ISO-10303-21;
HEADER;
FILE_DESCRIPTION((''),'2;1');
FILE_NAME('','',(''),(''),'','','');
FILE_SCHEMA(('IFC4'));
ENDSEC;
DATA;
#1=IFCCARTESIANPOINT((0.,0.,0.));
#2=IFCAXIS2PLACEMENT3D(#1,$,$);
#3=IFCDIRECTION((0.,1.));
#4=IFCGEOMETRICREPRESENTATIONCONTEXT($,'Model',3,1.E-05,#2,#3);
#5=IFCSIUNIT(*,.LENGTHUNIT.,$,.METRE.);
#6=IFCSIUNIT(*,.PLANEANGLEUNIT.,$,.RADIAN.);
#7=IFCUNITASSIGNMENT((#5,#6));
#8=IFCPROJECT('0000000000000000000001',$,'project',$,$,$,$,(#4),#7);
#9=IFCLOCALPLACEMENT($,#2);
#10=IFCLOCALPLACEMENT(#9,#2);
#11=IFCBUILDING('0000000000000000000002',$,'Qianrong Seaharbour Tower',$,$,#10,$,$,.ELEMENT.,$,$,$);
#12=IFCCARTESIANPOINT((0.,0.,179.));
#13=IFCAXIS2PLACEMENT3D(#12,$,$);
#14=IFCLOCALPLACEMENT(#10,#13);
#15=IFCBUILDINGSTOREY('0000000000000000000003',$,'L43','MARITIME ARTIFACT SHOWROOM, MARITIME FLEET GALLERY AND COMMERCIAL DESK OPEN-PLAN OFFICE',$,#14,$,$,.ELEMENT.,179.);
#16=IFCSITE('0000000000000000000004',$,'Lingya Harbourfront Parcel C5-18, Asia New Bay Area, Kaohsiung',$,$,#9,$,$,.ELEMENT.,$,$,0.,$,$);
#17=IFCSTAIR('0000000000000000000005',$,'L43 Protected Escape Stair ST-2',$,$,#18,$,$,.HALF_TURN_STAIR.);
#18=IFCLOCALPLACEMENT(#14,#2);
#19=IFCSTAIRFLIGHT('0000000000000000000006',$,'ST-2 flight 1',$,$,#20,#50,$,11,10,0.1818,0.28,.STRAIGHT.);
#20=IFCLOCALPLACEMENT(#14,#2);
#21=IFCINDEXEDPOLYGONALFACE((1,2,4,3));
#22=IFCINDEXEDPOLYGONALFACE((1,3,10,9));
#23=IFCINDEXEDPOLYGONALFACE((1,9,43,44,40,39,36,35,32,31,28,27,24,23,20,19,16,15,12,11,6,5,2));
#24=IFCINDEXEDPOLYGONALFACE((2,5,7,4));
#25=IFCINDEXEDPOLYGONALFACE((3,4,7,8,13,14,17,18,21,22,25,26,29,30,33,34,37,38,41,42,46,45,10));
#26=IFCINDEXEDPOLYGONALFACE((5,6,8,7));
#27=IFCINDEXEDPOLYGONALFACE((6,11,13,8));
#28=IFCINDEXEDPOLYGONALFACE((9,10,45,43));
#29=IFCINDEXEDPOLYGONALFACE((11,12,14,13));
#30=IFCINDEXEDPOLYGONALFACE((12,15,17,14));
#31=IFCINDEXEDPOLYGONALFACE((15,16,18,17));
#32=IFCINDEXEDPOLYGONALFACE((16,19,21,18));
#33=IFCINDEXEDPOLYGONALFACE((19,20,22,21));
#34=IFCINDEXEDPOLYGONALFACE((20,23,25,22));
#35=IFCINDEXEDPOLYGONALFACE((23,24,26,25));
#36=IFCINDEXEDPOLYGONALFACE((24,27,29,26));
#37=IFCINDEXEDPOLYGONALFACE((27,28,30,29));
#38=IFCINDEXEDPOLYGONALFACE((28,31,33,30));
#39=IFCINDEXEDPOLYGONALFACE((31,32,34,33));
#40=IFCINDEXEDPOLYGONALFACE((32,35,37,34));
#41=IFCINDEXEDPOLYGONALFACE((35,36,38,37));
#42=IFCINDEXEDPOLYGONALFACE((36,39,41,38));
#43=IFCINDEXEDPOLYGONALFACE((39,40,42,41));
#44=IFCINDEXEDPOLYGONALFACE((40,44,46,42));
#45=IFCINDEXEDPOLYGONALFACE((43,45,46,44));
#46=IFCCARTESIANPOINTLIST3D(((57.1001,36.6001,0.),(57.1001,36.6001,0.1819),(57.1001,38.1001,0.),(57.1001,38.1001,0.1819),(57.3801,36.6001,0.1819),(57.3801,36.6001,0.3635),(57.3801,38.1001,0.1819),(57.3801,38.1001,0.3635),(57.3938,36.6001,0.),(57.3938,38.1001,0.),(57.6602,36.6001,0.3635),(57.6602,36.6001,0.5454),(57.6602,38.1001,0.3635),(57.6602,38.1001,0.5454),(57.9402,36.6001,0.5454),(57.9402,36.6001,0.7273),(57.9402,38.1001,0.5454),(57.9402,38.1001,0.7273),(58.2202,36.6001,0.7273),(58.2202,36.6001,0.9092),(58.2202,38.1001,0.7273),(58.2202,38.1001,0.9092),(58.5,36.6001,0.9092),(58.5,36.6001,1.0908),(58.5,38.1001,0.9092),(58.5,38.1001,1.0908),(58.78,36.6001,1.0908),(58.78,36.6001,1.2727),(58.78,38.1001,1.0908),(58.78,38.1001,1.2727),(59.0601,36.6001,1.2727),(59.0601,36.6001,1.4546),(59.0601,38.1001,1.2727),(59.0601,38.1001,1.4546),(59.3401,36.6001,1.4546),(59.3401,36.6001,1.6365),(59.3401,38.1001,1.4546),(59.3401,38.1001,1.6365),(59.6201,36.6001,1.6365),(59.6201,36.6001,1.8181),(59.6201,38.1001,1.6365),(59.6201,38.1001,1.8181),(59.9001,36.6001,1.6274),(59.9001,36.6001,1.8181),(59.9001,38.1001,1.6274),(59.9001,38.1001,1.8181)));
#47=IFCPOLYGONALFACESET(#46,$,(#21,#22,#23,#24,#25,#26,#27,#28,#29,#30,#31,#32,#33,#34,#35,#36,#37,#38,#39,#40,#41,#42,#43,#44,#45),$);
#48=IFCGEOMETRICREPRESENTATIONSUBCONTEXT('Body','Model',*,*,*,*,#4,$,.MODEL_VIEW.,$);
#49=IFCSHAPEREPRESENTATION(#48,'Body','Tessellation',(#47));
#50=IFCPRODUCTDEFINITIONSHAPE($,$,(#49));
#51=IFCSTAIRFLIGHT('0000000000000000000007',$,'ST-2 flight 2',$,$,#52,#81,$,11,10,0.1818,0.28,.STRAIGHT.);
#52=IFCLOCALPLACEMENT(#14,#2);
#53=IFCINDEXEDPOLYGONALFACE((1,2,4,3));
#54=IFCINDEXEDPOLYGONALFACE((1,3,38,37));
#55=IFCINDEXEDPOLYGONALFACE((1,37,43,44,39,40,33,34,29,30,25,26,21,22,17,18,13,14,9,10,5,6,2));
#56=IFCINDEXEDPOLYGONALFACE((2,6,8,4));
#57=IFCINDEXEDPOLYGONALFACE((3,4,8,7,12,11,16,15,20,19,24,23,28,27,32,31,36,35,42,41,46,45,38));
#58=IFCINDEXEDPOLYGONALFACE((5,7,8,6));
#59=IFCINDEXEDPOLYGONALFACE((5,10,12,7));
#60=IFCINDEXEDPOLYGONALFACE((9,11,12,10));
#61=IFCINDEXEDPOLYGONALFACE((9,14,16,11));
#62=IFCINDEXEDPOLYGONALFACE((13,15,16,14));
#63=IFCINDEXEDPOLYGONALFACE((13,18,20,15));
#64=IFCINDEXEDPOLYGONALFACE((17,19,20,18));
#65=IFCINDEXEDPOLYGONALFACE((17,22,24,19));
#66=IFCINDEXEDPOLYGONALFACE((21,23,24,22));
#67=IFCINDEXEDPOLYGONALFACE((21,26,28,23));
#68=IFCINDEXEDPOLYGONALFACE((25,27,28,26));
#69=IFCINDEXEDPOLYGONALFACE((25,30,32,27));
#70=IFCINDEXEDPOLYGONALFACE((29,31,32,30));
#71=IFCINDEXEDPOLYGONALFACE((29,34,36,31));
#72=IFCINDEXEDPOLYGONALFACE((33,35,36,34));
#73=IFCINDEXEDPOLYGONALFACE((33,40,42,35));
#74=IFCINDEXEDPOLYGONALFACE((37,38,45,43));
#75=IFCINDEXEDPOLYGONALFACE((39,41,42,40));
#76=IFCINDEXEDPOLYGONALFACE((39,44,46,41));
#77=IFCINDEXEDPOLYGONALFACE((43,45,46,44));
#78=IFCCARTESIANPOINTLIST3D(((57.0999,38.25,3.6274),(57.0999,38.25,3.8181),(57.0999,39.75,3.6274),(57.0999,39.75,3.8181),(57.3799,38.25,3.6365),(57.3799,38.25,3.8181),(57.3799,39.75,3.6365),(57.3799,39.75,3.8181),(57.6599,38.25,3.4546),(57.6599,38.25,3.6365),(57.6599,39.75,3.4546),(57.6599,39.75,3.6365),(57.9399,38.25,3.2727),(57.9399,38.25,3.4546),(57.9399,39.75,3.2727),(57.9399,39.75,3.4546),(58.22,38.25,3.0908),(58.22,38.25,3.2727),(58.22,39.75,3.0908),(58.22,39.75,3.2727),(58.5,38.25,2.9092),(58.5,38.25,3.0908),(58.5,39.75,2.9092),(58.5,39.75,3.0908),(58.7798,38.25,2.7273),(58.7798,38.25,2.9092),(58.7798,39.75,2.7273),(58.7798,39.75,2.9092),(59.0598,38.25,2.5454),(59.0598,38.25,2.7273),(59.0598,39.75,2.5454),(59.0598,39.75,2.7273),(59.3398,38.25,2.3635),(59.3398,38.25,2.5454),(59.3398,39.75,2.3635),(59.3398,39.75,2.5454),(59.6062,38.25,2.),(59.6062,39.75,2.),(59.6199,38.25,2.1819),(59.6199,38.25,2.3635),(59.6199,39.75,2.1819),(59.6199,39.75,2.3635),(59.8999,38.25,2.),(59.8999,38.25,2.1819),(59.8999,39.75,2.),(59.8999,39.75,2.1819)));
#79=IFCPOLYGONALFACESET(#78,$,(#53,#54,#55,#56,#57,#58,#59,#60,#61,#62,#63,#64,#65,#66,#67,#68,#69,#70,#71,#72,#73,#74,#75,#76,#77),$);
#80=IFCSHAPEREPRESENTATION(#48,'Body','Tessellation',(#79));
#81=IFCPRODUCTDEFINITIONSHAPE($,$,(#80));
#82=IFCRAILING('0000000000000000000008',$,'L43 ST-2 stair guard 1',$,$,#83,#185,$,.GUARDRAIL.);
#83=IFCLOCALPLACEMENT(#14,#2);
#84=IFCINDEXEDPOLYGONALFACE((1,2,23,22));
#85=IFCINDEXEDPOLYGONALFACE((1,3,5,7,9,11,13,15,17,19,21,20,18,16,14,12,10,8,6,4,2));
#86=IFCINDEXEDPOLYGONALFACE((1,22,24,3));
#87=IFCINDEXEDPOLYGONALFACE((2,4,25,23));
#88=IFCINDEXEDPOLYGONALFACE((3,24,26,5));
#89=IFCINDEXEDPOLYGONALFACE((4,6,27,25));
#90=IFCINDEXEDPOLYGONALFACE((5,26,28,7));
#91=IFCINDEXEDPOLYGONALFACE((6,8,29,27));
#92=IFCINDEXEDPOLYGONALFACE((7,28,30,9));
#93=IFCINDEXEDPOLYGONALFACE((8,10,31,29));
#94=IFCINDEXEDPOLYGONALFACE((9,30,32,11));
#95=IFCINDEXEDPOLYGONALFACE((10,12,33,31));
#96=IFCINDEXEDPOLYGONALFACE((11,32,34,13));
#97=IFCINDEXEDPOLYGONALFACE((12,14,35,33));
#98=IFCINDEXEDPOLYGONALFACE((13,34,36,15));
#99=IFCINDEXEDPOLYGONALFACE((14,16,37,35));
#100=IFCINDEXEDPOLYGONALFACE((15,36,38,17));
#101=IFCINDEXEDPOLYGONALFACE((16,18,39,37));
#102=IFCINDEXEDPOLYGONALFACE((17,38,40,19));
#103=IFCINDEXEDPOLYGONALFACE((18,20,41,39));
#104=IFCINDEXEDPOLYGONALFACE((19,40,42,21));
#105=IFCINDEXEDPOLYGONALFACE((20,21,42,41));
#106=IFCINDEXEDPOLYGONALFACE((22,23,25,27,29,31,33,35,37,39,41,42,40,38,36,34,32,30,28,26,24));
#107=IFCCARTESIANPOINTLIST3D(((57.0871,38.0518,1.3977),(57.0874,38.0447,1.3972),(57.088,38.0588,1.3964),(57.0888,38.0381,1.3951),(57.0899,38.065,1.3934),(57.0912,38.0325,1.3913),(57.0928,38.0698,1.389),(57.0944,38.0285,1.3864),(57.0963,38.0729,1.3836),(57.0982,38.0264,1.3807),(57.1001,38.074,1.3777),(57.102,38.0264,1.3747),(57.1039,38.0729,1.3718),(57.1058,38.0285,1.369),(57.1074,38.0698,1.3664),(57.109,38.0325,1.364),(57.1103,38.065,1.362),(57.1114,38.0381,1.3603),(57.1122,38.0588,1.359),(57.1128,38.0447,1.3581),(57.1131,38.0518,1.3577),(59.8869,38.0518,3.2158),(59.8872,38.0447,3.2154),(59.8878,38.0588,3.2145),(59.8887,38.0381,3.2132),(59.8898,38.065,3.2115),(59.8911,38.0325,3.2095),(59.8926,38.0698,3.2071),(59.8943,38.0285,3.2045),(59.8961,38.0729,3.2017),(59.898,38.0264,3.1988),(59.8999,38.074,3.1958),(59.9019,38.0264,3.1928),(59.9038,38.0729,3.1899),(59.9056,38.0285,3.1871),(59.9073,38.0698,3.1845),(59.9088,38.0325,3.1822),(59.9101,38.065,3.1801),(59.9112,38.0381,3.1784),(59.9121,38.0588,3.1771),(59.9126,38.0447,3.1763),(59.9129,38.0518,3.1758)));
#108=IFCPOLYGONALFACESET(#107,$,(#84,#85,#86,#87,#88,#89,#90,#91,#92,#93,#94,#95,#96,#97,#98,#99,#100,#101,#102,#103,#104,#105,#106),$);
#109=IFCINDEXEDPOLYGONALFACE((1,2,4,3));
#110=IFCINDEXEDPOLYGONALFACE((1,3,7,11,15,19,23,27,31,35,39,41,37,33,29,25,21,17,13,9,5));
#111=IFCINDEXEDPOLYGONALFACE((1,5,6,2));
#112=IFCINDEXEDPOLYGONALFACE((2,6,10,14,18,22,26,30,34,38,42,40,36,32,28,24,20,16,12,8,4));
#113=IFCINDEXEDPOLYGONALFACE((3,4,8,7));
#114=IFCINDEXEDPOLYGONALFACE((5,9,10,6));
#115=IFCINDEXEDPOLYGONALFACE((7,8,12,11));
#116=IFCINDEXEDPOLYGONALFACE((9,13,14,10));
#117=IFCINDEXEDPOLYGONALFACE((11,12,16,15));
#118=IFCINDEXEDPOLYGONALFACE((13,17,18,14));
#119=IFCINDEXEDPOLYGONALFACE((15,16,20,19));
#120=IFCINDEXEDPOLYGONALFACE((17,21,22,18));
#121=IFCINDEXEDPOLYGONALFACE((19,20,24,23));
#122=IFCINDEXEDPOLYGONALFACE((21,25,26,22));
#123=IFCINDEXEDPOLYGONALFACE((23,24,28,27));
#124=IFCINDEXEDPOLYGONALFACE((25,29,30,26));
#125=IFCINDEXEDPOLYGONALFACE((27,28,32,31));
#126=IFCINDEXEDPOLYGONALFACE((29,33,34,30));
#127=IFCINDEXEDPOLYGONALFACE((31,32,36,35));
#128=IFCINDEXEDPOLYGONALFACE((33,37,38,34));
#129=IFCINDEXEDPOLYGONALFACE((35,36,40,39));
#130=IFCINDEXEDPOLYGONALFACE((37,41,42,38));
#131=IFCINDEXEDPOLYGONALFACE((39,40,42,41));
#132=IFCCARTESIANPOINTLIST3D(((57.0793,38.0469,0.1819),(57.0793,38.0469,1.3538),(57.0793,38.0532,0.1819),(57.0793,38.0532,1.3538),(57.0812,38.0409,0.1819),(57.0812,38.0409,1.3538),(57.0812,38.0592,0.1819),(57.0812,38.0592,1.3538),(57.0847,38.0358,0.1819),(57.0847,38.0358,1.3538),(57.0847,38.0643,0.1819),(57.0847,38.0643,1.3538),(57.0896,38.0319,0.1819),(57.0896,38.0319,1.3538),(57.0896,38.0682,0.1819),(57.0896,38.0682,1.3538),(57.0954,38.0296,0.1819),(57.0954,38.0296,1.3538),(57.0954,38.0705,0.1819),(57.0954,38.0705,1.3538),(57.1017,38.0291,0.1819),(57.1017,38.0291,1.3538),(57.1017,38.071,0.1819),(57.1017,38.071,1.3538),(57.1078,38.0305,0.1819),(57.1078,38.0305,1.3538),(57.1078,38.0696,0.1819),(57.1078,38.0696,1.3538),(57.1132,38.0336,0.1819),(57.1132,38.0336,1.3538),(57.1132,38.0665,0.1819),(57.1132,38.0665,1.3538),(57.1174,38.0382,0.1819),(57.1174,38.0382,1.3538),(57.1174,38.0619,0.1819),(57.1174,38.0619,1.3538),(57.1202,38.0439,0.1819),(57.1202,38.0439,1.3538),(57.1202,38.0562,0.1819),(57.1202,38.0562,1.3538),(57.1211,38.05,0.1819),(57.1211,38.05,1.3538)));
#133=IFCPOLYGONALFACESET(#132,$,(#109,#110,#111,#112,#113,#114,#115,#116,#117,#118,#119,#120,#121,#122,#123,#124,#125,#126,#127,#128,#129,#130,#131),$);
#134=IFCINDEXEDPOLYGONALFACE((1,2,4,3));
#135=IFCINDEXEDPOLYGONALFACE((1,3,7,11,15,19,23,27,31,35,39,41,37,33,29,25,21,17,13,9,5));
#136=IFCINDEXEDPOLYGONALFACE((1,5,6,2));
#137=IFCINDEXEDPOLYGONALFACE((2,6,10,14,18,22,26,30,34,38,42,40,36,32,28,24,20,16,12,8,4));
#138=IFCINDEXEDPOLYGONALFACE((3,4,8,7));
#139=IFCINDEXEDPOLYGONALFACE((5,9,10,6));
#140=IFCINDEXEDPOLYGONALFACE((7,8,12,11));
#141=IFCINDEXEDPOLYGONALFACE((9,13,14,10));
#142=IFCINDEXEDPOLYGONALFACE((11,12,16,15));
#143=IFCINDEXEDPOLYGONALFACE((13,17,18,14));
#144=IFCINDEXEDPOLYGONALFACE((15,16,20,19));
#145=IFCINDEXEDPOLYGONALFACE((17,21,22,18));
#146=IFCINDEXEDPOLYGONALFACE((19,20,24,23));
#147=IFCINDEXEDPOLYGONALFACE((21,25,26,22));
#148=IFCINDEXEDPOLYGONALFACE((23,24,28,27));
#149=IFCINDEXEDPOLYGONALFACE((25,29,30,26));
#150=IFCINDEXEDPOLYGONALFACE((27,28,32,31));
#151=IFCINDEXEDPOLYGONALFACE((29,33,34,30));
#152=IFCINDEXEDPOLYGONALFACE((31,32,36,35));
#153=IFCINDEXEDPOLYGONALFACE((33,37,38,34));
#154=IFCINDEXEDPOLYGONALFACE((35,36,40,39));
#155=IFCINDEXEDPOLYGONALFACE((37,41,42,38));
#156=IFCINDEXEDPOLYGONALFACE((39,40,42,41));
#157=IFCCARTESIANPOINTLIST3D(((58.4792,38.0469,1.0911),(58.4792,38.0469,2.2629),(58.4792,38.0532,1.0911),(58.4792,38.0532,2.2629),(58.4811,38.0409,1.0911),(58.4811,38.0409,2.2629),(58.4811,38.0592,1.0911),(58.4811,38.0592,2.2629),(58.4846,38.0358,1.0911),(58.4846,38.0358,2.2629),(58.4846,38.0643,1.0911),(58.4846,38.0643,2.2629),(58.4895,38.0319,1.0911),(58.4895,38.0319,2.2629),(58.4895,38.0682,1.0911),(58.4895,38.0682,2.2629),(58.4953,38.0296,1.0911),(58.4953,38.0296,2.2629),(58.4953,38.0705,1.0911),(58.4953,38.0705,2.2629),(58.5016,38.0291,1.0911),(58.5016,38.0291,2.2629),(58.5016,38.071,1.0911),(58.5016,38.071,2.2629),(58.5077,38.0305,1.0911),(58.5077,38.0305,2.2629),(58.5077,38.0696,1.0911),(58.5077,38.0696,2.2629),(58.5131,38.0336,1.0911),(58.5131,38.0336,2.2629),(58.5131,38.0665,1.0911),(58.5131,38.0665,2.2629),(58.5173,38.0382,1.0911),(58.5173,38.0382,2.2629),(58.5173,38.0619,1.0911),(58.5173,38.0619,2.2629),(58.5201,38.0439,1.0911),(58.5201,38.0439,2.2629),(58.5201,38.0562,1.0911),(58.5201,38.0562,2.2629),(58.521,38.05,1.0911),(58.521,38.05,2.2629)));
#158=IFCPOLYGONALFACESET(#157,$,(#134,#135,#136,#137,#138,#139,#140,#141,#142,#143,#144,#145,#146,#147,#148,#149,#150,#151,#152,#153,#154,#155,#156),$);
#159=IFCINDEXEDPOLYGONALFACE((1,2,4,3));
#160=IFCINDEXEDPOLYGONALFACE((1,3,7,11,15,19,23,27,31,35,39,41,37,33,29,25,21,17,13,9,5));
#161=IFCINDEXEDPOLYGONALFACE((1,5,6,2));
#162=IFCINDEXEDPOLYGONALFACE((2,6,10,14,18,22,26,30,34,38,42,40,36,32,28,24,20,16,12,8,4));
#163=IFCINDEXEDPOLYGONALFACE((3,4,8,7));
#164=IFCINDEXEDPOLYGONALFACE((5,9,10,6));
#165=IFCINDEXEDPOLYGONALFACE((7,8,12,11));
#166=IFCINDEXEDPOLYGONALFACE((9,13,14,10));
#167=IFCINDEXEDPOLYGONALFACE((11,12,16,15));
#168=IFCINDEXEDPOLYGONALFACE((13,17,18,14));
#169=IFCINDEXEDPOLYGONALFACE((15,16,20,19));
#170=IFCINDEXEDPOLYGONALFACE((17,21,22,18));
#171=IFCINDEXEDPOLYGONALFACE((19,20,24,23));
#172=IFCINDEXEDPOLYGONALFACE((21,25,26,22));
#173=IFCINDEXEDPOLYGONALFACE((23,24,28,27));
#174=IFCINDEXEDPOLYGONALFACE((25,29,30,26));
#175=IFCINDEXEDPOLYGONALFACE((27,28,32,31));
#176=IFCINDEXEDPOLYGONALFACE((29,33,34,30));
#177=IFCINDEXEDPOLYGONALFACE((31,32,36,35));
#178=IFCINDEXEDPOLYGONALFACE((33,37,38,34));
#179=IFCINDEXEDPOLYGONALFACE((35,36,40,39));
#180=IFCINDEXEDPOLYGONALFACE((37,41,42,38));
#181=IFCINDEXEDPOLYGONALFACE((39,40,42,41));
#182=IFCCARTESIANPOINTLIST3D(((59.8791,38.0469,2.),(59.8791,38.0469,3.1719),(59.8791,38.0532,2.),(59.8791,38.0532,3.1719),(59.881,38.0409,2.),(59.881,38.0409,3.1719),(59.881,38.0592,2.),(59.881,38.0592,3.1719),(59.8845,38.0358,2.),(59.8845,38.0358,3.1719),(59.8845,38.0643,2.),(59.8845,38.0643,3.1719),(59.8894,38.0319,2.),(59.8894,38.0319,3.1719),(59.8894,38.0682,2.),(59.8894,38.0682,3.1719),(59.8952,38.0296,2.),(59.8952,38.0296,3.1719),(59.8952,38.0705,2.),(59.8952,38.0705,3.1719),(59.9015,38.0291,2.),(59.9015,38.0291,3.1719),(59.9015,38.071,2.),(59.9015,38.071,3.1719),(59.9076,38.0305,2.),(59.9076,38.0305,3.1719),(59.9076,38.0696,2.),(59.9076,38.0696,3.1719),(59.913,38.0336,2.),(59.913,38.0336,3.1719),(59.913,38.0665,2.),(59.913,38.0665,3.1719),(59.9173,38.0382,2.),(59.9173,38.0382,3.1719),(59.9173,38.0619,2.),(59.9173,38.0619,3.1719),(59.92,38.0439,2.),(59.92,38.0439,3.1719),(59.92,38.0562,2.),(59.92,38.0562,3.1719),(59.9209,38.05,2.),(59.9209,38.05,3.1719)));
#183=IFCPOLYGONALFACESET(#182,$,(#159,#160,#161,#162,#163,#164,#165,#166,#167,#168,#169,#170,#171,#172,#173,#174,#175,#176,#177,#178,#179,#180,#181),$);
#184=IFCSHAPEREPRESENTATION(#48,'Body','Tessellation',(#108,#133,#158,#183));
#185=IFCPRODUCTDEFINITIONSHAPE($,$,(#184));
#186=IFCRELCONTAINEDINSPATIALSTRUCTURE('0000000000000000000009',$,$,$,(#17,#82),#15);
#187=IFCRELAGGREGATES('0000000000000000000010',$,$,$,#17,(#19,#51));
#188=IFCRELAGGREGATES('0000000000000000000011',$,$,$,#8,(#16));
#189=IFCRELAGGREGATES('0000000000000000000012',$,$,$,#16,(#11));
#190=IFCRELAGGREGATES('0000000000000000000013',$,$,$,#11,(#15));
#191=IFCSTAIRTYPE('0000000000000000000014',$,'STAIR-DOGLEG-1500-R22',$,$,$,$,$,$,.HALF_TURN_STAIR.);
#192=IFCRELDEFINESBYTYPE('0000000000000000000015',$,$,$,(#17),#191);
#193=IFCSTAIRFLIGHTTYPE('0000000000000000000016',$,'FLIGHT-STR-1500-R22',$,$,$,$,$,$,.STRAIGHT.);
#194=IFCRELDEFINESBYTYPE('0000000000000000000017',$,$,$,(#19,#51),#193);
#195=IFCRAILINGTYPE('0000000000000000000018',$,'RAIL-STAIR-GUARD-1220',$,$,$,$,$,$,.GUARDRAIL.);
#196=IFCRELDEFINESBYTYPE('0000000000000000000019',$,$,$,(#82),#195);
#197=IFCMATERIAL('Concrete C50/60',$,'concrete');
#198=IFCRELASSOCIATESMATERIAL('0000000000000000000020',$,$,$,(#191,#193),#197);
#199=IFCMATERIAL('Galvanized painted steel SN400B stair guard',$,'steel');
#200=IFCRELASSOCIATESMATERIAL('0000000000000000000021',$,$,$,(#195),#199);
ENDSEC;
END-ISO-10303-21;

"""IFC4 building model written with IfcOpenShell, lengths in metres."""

from ifc_helpers import new_model, si_unit, direction, frame, origin, origin_2d, place, context, subcontext, project, spatial, polyline, circle, outline, extrude, material, type_object, element, aggregate, save


model = new_model("IFC4")

# Units and contexts
model_context = context("Model", 3, precision=1e-05, world=origin(), true_north=direction((0.0, 1.0)))
body_context = subcontext(model_context, "Body", "Model", "MODEL_VIEW")
ifc_project = project(units=[si_unit("LENGTHUNIT", "METRE"), si_unit("PLANEANGLEUNIT", "RADIAN")], contexts=[model_context])

# Site, building, storey
site_placement = place(None, origin())
site = spatial("IfcSite", under=ifc_project, at=site_placement, Name="Lingya Harbourfront Parcel C5-18, Asia New Bay Area, Kaohsiung", CompositionType="ELEMENT", RefElevation=0.0)
building_placement = place(site_placement, origin())
building = spatial("IfcBuilding", under=site, at=building_placement, Name="Qianrong Seaharbour Tower", CompositionType="ELEMENT")
storey_placement = place(building_placement, frame((0.0, 0.0, 179.0)))
storey = spatial("IfcBuildingStorey", under=building, at=storey_placement, Name="L43", Description="MARITIME ARTIFACT SHOWROOM, MARITIME FLEET GALLERY AND COMMERCIAL DESK OPEN-PLAN OFFICE", CompositionType="ELEMENT", Elevation=179.0)

# Shared definitions
ifc_material_1 = material(Name="Concrete C50/60", Category="concrete")

# Stair, stair flights
stair_type = type_object("IfcStairType", Name="STAIR-DOGLEG-1500-R22", PredefinedType="HALF_TURN_STAIR", material=ifc_material_1)
stair_placement = place(storey_placement, origin())
stair = element("IfcStair", 1, at=stair_placement, inside=storey, type_object=stair_type, Name="L43 Protected Escape Stair ST-2", PredefinedType="HALF_TURN_STAIR")
stair_flight_type = type_object("IfcStairFlightType", Name="FLIGHT-STR-1500-R22", PredefinedType="STRAIGHT", material=ifc_material_1)
stair_flight_1_placement = place(storey_placement, frame((57.1001, 37.3501, 0.0), z_axis=(0.0, 0.0, 1.0), x_axis=(1.0, 0.0, 0.0)))
stair_flight_1 = element("IfcStairFlight", 2, at=stair_flight_1_placement, type_object=stair_flight_type, Name="ST-2 flight 1", NumberOfRisers=11, NumberOfTreads=10, PredefinedType="STRAIGHT", RiserHeight=0.1818, TreadLength=0.28, context=body_context, shape_type="SweptSolid", body=[
    extrude(outline(polyline([(0.0, 0.0), (0.0, 0.1819), (0.28, 0.1819), (0.28, 0.3635), (0.5601, 0.3635), (0.5601, 0.5454), (0.8401, 0.5454), (0.8401, 0.7273), (1.1201, 0.7273), (1.1201, 0.9092), (1.3999, 0.9092), (1.3999, 1.0908), (1.6799, 1.0908), (1.6799, 1.2727), (1.96, 1.2727), (1.96, 1.4546), (2.24, 1.4546), (2.24, 1.6365), (2.52, 1.6365), (2.52, 1.8181), (2.8, 1.8181), (2.8, 2.0), (2.8, 1.6274), (0.2937, 0.0), (0.0, 0.0)])), frame((0.0, 0.75, 0.0), z_axis=(0.0, -1.0, 0.0), x_axis=(1.0, 0.0, 0.0)), (0.0, 0.0, 1.0), 1.5),
])
stair_flight_2_placement = place(storey_placement, frame((59.8999, 39.0, 2.0), z_axis=(0.0, 0.0, 1.0), x_axis=(-1.0, 0.0, 0.0)))
stair_flight_2 = element("IfcStairFlight", 3, at=stair_flight_2_placement, type_object=stair_flight_type, Name="ST-2 flight 2", NumberOfRisers=11, NumberOfTreads=10, PredefinedType="STRAIGHT", RiserHeight=0.1818, TreadLength=0.28, context=body_context, shape_type="SweptSolid", body=[
    extrude(outline(polyline([(0.0, 0.0), (0.0, 0.1819), (0.28, 0.1819), (0.28, 0.3635), (0.5601, 0.3635), (0.5601, 0.5454), (0.8401, 0.5454), (0.8401, 0.7273), (1.1201, 0.7273), (1.1201, 0.9092), (1.3999, 0.9092), (1.3999, 1.0908), (1.6799, 1.0908), (1.6799, 1.2727), (1.96, 1.2727), (1.96, 1.4546), (2.24, 1.4546), (2.24, 1.6365), (2.52, 1.6365), (2.52, 1.8181), (2.8, 1.8181), (2.8, 2.0), (2.8, 1.6274), (0.2937, 0.0), (0.0, 0.0)])), frame((0.0, 0.75, 0.0), z_axis=(0.0, -1.0, 0.0), x_axis=(1.0, 0.0, 0.0)), (0.0, 0.0, 1.0), 1.5),
])
aggregate(stair, [stair_flight_1, stair_flight_2])

# Railing
ifc_material_2 = material(Name="Galvanized painted steel SN400B stair guard", Category="steel")
railing_type_1 = type_object("IfcRailingType", Name="RAIL-STAIR-GUARD-1220", PredefinedType="GUARDRAIL", material=ifc_material_2)
railing_1_placement = place(storey_placement, frame((57.1001, 38.05, 0.1819)))
element("IfcRailing", 4, at=railing_1_placement, inside=storey, type_object=railing_type_1, Name="L43 ST-2 stair guard 1", PredefinedType="GUARDRAIL", context=body_context, shape_type="SweptSolid", body=[
    extrude(circle(Radius=0.0239, at=origin_2d()), frame((0.0, 0.0, 1.1958), z_axis=(0.838684, 0.0, 0.544618), x_axis=(0.0, 1.0, 0.0)), (0.0, 0.0, 1.0), 3.3384),
    extrude(circle(Radius=0.021, at=origin_2d()), origin(), (0.0, 0.0, 1.0), 1.1719),
    extrude(circle(Radius=0.021, at=origin_2d()), frame((1.3999, 0.0, 0.9092)), (0.0, 0.0, 1.0), 1.1719),
    extrude(circle(Radius=0.021, at=origin_2d()), frame((2.7998, 0.0, 1.8181)), (0.0, 0.0, 1.0), 1.1719),
])

save(model, "model.ifc")
